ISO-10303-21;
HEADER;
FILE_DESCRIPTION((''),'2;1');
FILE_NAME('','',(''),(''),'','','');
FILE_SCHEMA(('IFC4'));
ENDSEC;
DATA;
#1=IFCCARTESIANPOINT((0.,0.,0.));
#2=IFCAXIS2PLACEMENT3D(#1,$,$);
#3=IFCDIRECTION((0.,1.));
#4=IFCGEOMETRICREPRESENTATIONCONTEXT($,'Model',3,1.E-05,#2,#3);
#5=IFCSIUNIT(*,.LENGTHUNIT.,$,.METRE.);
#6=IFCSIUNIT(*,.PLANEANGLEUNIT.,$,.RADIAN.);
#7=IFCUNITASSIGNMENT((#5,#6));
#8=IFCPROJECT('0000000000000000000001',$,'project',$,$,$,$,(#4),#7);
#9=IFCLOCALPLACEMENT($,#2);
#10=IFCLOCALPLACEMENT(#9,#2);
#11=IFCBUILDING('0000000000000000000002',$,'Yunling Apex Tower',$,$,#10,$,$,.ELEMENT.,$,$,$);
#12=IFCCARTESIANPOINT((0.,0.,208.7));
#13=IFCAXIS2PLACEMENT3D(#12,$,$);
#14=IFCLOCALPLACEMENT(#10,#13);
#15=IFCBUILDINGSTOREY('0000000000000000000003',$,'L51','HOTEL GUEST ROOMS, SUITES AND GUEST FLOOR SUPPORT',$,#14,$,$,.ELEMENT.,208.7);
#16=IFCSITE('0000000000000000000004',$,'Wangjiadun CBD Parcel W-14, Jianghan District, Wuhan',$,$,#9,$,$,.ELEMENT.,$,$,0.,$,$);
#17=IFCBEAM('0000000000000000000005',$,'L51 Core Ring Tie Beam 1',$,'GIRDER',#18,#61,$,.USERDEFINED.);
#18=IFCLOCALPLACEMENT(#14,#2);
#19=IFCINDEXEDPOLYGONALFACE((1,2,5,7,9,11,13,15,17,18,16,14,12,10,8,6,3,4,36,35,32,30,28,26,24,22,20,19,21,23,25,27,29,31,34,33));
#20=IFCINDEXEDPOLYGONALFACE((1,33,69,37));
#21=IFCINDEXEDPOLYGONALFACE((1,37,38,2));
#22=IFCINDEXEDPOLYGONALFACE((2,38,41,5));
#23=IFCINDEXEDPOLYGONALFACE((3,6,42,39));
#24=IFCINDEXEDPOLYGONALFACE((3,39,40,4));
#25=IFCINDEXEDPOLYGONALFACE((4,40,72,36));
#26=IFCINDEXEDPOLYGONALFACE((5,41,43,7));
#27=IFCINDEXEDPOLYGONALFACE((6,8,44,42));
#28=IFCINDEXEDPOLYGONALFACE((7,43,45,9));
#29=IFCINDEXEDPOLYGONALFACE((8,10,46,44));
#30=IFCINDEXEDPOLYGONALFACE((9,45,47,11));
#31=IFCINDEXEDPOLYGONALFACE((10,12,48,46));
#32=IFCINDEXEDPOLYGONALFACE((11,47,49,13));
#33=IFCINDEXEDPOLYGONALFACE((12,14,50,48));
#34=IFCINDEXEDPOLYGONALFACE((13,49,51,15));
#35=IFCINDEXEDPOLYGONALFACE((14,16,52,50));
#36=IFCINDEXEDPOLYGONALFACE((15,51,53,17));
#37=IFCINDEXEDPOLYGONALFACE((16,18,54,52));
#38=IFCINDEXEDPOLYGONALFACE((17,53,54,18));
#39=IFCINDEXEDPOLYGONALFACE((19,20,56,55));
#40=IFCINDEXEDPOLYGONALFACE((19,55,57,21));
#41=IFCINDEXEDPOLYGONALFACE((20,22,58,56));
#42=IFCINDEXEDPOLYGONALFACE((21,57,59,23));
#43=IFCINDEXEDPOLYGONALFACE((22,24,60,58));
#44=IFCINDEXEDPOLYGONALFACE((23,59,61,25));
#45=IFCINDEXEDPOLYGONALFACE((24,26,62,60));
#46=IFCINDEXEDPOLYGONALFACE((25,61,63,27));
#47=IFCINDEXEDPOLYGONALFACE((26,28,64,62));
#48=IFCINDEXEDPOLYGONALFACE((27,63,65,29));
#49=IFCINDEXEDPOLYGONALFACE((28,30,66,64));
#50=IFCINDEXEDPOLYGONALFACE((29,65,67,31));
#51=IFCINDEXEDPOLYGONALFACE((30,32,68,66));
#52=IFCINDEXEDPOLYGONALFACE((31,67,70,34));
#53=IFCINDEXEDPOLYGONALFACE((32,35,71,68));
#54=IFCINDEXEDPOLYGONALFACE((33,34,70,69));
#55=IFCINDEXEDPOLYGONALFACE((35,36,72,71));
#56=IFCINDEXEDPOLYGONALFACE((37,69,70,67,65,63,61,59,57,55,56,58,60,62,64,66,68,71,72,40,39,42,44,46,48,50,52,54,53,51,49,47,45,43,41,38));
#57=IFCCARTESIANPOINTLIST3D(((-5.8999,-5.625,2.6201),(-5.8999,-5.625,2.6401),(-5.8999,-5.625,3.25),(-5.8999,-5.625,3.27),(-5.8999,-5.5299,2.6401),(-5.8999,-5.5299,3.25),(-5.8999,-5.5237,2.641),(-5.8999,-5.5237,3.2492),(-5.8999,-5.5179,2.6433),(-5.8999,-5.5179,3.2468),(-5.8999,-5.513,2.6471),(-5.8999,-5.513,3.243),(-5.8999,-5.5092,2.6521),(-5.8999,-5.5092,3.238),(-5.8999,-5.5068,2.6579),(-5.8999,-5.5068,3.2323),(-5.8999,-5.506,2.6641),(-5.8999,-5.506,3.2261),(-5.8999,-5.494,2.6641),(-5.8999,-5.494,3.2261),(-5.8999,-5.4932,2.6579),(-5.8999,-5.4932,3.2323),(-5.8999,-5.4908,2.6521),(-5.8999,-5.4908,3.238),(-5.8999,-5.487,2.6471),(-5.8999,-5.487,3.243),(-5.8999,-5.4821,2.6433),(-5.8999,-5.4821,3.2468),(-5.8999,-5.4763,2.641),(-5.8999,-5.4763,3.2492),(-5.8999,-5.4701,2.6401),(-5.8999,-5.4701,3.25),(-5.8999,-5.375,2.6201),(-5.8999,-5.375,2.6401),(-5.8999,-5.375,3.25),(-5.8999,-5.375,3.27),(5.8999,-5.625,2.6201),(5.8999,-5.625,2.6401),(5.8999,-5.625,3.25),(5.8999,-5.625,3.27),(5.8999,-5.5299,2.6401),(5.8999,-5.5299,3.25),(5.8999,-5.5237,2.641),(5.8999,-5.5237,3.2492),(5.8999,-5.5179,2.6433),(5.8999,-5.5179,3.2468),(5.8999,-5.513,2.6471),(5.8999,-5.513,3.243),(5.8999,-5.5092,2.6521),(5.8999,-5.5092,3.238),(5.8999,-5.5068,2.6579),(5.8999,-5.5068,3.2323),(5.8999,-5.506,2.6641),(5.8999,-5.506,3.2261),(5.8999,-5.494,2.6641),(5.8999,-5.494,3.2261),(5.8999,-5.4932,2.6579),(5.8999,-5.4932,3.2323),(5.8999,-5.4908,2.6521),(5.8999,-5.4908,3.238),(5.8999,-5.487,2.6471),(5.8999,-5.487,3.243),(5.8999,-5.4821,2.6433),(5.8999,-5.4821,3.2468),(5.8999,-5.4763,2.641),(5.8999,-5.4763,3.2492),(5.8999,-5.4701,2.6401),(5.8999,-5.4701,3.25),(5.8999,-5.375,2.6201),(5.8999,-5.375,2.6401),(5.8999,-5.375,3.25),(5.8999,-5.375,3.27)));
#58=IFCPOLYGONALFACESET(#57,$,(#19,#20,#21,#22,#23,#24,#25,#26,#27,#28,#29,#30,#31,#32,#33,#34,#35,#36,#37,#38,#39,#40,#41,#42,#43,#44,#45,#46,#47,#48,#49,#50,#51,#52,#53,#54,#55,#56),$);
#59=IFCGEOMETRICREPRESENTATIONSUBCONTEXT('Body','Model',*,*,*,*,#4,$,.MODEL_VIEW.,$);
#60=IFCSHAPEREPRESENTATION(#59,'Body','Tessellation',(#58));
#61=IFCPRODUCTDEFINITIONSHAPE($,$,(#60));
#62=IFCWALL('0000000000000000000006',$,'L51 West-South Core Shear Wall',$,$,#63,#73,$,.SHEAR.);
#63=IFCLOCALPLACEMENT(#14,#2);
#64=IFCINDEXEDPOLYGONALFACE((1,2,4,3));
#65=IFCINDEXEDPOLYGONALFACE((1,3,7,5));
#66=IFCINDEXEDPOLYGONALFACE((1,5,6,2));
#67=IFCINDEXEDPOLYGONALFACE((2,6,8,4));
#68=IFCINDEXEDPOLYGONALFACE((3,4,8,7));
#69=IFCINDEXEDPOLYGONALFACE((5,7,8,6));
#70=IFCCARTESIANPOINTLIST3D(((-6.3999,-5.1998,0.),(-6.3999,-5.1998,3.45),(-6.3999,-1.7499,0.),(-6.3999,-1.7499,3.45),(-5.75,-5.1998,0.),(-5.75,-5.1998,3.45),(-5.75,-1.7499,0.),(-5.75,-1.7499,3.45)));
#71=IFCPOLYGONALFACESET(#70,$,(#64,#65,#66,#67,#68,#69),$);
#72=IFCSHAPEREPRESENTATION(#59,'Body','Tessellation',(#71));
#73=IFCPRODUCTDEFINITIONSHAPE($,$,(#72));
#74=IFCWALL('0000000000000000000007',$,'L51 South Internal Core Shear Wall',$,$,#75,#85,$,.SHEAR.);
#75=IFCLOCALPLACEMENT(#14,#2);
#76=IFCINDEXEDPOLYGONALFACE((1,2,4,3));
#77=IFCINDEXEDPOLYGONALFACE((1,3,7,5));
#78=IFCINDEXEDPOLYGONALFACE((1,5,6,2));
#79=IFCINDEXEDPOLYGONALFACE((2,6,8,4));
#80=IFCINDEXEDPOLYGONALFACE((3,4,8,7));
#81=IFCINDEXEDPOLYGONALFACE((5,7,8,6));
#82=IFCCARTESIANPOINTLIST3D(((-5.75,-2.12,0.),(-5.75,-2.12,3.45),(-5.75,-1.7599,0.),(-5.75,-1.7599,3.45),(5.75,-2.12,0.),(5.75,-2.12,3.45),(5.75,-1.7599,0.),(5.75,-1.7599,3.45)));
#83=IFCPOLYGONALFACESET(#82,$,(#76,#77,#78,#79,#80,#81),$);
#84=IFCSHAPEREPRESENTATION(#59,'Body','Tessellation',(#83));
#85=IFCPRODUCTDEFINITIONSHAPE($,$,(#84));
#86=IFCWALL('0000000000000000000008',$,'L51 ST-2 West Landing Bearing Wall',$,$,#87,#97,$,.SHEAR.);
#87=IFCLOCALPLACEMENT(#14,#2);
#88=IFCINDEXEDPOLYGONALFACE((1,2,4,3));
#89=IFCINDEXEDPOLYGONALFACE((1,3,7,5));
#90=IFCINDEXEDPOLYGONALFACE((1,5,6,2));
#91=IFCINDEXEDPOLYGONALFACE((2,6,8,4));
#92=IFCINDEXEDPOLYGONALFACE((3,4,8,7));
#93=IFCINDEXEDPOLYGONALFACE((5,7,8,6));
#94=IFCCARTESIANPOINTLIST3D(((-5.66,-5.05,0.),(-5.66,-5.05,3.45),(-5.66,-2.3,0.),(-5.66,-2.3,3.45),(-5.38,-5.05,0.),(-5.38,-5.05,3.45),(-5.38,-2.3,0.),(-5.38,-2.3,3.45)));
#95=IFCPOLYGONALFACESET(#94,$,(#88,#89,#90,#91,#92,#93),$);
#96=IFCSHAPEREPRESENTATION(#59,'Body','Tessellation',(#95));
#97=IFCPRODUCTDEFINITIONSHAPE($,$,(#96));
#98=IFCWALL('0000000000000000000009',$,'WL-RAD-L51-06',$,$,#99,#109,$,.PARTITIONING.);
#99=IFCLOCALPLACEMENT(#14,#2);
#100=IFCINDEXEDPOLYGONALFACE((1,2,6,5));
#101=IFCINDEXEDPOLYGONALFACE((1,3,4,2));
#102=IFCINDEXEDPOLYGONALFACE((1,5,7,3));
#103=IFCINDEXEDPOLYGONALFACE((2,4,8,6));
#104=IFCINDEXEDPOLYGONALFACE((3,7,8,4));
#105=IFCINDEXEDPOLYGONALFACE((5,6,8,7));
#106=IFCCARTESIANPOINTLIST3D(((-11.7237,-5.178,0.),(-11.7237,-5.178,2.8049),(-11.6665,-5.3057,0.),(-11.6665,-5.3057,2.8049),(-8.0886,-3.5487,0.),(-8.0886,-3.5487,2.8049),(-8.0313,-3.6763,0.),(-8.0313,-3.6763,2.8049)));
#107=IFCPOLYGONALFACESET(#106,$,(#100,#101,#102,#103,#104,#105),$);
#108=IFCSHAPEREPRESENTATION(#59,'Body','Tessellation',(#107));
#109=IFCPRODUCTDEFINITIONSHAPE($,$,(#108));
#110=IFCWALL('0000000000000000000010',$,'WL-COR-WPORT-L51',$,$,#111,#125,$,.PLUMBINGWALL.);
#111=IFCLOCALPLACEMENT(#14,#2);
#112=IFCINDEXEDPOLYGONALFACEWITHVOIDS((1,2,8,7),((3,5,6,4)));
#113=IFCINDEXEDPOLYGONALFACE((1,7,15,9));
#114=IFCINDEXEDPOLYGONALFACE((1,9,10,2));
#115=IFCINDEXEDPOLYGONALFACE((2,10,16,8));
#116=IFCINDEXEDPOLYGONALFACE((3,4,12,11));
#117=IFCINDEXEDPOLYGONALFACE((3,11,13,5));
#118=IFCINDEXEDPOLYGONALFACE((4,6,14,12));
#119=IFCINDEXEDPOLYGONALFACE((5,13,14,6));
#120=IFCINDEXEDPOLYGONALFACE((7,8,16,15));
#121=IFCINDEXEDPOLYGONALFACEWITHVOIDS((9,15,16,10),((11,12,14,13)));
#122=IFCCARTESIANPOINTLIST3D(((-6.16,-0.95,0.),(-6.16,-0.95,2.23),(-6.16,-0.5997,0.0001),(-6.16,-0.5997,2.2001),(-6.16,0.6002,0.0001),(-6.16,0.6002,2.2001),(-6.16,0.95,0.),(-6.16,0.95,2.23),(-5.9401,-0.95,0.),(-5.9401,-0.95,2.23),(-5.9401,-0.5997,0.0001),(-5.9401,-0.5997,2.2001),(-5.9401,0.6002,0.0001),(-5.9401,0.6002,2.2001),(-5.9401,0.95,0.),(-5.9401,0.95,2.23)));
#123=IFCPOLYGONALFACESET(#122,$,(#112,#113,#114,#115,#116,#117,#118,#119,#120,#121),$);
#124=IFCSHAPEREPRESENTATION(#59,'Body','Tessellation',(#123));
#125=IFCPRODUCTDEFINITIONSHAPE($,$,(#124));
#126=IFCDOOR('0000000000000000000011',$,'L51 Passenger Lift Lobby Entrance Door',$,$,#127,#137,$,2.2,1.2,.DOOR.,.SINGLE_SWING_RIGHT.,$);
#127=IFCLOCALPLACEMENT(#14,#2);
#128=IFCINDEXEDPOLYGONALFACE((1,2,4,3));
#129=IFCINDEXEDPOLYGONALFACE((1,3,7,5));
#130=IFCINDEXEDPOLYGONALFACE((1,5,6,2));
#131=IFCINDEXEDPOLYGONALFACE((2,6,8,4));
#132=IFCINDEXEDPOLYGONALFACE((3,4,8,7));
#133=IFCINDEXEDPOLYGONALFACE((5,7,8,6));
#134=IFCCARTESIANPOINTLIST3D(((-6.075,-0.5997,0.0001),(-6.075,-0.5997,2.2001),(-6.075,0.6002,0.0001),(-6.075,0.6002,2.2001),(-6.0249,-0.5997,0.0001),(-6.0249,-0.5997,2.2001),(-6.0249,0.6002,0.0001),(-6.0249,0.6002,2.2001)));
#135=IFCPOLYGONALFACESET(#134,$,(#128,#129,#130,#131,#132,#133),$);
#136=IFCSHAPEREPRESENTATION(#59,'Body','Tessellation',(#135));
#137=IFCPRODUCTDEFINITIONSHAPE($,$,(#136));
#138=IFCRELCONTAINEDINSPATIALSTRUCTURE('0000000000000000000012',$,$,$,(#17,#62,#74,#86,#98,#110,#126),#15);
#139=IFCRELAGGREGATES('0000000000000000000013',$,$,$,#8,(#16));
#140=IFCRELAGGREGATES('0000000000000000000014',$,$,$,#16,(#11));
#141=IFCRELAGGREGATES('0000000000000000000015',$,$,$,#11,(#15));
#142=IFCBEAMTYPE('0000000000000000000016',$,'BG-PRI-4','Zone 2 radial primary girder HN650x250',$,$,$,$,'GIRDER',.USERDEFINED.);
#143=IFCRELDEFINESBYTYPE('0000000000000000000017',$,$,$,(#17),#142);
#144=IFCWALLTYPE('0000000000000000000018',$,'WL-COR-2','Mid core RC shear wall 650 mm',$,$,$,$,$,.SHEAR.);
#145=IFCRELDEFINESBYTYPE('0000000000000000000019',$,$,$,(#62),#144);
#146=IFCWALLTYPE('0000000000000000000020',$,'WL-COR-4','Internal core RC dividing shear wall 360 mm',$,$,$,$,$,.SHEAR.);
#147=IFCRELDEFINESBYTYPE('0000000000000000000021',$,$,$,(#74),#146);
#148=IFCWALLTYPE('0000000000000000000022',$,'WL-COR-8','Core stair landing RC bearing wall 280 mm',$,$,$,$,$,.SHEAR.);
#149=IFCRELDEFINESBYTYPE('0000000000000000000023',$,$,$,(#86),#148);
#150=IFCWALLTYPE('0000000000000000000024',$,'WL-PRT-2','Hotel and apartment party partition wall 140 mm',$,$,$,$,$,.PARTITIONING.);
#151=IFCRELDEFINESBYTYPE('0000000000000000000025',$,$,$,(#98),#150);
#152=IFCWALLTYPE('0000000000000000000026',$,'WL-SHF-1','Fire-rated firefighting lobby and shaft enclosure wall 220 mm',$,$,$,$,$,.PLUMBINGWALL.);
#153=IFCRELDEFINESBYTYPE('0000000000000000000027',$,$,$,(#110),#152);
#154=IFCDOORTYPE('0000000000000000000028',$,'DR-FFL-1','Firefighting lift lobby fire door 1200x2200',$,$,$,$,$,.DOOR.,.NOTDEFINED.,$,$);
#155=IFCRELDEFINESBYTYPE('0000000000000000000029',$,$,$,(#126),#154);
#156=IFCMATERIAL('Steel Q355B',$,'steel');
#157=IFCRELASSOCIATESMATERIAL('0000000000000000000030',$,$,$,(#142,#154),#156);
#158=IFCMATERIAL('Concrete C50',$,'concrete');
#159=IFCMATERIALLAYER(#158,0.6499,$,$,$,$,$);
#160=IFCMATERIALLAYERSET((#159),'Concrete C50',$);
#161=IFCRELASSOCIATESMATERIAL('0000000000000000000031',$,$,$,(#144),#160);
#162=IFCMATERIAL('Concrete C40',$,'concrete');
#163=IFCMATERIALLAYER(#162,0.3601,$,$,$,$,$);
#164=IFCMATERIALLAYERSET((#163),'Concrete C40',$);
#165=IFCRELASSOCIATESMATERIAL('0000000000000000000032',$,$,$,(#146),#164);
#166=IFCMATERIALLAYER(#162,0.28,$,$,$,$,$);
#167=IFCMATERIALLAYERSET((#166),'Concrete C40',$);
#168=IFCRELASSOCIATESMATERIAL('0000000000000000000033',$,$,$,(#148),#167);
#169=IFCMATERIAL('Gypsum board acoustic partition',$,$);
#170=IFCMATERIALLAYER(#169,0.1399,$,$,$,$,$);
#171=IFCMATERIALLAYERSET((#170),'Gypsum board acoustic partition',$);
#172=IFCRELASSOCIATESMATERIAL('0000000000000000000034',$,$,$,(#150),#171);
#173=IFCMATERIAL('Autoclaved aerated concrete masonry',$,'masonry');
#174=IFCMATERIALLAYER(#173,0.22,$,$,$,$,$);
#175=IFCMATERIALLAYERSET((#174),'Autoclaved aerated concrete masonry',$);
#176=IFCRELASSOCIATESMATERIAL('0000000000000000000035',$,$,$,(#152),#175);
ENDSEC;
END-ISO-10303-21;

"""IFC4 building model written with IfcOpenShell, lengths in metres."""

from ifc_helpers import new_model, si_unit, direction, frame, frame_2d, origin, origin_2d, place, context, subcontext, project, spatial, rectangle, i_section, extrude, source, transform, mapped, material, layer, layer_set, material_profile, profile_set, type_object, element, fill, save


model = new_model("IFC4")

# Units and contexts
model_context = context("Model", 3, precision=1e-05, world=origin(), true_north=direction((0.0, 1.0)))
body_context = subcontext(model_context, "Body", "Model", "MODEL_VIEW")
ifc_project = project(units=[si_unit("LENGTHUNIT", "METRE"), si_unit("PLANEANGLEUNIT", "RADIAN")], contexts=[model_context])

# Site, building, storey
site_placement = place(None, origin())
site = spatial("IfcSite", under=ifc_project, at=site_placement, Name="Wangjiadun CBD Parcel W-14, Jianghan District, Wuhan", CompositionType="ELEMENT", RefElevation=0.0)
building_placement = place(site_placement, origin())
building = spatial("IfcBuilding", under=site, at=building_placement, Name="Yunling Apex Tower", CompositionType="ELEMENT")
storey_placement = place(building_placement, frame((0.0, 0.0, 208.7)))
storey = spatial("IfcBuildingStorey", under=building, at=storey_placement, Name="L51", Description="HOTEL GUEST ROOMS, SUITES AND GUEST FLOOR SUPPORT", CompositionType="ELEMENT", Elevation=208.7)

# Shared definitions
ifc_material_1 = material(Name="Concrete C50", Category="concrete")

# Beam
ifc_material_2 = material(Name="Steel Q355B", Category="steel")
ifc_material_profile_1 = material_profile(ifc_material_2, i_section(OverallWidth=0.25, OverallDepth=0.6499, WebThickness=0.012, FlangeThickness=0.02, FilletRadius=0.0239, at=origin_2d()))
ifc_profile_set_1 = profile_set([ifc_material_profile_1], Name="Steel Q355B")
beam_type_1 = type_object("IfcBeamType", Name="BG-PRI-4", Description="Zone 2 radial primary girder HN650x250", ElementType="GIRDER", PredefinedType="USERDEFINED", material=ifc_profile_set_1)
shared_shape_1 = source(origin(), body_context, "Body", "SweptSolid", [
    extrude(i_section(OverallWidth=0.25, OverallDepth=0.6499, WebThickness=0.012, FlangeThickness=0.02, FilletRadius=0.0239, at=origin_2d()), origin(), (0.0, 0.0, 1.0), 11.7998),
])
beam_1_placement = place(storey_placement, frame((-5.8999, -5.5, 2.9451), z_axis=(1.0, 0.0, 0.0), x_axis=(0.0, 1.0, 0.0)))
element("IfcBeam", 1, at=beam_1_placement, inside=storey, type_object=beam_type_1, Name="L51 Core Ring Tie Beam 1", ObjectType="GIRDER", PredefinedType="USERDEFINED", context=body_context, shape_type="MappedRepresentation", body=[
    mapped(shared_shape_1, transform((0.0, 0.0, 0.0), scale=1.0)),
])

# Walls
ifc_layer_1 = layer(ifc_material_1, 0.6499)
ifc_layer_set_1 = layer_set([ifc_layer_1], Name="Concrete C50")
wall_type_1 = type_object("IfcWallType", Name="WL-COR-2", Description="Mid core RC shear wall 650 mm", PredefinedType="SHEAR", material=ifc_layer_set_1)
wall_1_placement = place(storey_placement, frame((-6.075, -5.2, 0.0), z_axis=(0.0, 0.0, 1.0), x_axis=(0.0, 1.0, 0.0)))
element("IfcWall", 2, at=wall_1_placement, inside=storey, type_object=wall_type_1, Name="L51 West-South Core Shear Wall", PredefinedType="SHEAR", context=body_context, shape_type="SweptSolid", body=[
    extrude(rectangle(XDim=3.45, YDim=0.6499, at=frame_2d((1.7251, 0.0))), origin(), (0.0, 0.0, 1.0), 3.45),
])
ifc_material_3 = material(Name="Concrete C40", Category="concrete")
ifc_layer_2 = layer(ifc_material_3, 0.3601)
ifc_layer_set_2 = layer_set([ifc_layer_2], Name="Concrete C40")
wall_type_2 = type_object("IfcWallType", Name="WL-COR-4", Description="Internal core RC dividing shear wall 360 mm", PredefinedType="SHEAR", material=ifc_layer_set_2)
wall_2_placement = place(storey_placement, frame((-5.75, -1.9399, 0.0), z_axis=(0.0, 0.0, 1.0), x_axis=(1.0, 0.0, 0.0)))
element("IfcWall", 3, at=wall_2_placement, inside=storey, type_object=wall_type_2, Name="L51 South Internal Core Shear Wall", PredefinedType="SHEAR", context=body_context, shape_type="SweptSolid", body=[
    extrude(rectangle(XDim=11.5, YDim=0.3601, at=frame_2d((5.75, 0.0))), origin(), (0.0, 0.0, 1.0), 3.45),
])
ifc_layer_3 = layer(ifc_material_3, 0.28)
ifc_layer_set_3 = layer_set([ifc_layer_3], Name="Concrete C40")
wall_type_3 = type_object("IfcWallType", Name="WL-COR-8", Description="Core stair landing RC bearing wall 280 mm", PredefinedType="SHEAR", material=ifc_layer_set_3)
wall_3_placement = place(storey_placement, frame((-5.52, -5.05, 0.0), z_axis=(0.0, 0.0, 1.0), x_axis=(0.0, 1.0, 0.0)))
element("IfcWall", 4, at=wall_3_placement, inside=storey, type_object=wall_type_3, Name="L51 ST-2 West Landing Bearing Wall", PredefinedType="SHEAR", context=body_context, shape_type="SweptSolid", body=[
    extrude(rectangle(XDim=2.75, YDim=0.28, at=frame_2d((1.375, 0.0))), origin(), (0.0, 0.0, 1.0), 3.45),
])
ifc_material_4 = material(Name="Gypsum board acoustic partition")
ifc_layer_4 = layer(ifc_material_4, 0.1399)
ifc_layer_set_4 = layer_set([ifc_layer_4], Name="Gypsum board acoustic partition")
wall_type_4 = type_object("IfcWallType", Name="WL-PRT-2", Description="Hotel and apartment party partition wall 140 mm", PredefinedType="PARTITIONING", material=ifc_layer_set_4)
wall_4_placement = place(storey_placement, frame((-8.0601, -3.6125, 0.0), z_axis=(0.0, 0.0, 1.0), x_axis=(-0.912528, -0.409014, 0.0)))
element("IfcWall", 5, at=wall_4_placement, inside=storey, type_object=wall_type_4, Name="WL-RAD-L51-06", PredefinedType="PARTITIONING", context=body_context, shape_type="SweptSolid", body=[
    extrude(rectangle(XDim=3.9836, YDim=0.1399, at=frame_2d((1.9917, 0.0))), origin(), (0.0, 0.0, 1.0), 2.8049),
])

# Wall, opening, door
ifc_material_5 = material(Name="Autoclaved aerated concrete masonry", Category="masonry")
ifc_layer_5 = layer(ifc_material_5, 0.22)
ifc_layer_set_5 = layer_set([ifc_layer_5], Name="Autoclaved aerated concrete masonry")
wall_type_5 = type_object("IfcWallType", Name="WL-SHF-1", Description="Fire-rated firefighting lobby and shaft enclosure wall 220 mm", PredefinedType="PLUMBINGWALL", material=ifc_layer_set_5)
wall_5_placement = place(storey_placement, frame((-6.05, -0.95, 0.0), z_axis=(0.0, 0.0, 1.0), x_axis=(0.0, 1.0, 0.0)))
wall_5 = element("IfcWall", 6, at=wall_5_placement, inside=storey, type_object=wall_type_5, Name="WL-COR-WPORT-L51", PredefinedType="PLUMBINGWALL", context=body_context, shape_type="SweptSolid", body=[
    extrude(rectangle(XDim=1.8999, YDim=0.22, at=frame_2d((0.95, 0.0))), origin(), (0.0, 0.0, 1.0), 2.23),
])
opening_1_placement = place(wall_5_placement, frame((0.3501, 0.0, 0.0)))
opening_1 = element("IfcOpeningElement", 7, at=opening_1_placement, cuts=wall_5, PredefinedType="OPENING", context=body_context, shape_type="SweptSolid", body=[
    extrude(rectangle(XDim=1.2, YDim=2.2, at=frame_2d((0.6001, 1.1001))), frame((0.0, 0.1201, 0.0), z_axis=(0.0, -1.0, 0.0), x_axis=(1.0, 0.0, 0.0)), (0.0, 0.0, 1.0), 0.24),
])
door_type_1 = type_object("IfcDoorType", Name="DR-FFL-1", Description="Firefighting lift lobby fire door 1200x2200", OperationType="NOTDEFINED", PredefinedType="DOOR", material=ifc_material_2)
door_1_placement = place(opening_1_placement, origin())
door_1 = element("IfcDoor", 8, at=door_1_placement, inside=storey, type_object=door_type_1, Name="L51 Passenger Lift Lobby Entrance Door", OperationType="SINGLE_SWING_RIGHT", OverallHeight=2.2, OverallWidth=1.2, PredefinedType="DOOR", context=body_context, shape_type="SweptSolid", body=[
    extrude(rectangle(XDim=1.2, YDim=2.2, at=frame_2d((0.6001, 1.1001))), frame((0.0, 0.0249, 0.0), z_axis=(0.0, -1.0, 0.0), x_axis=(1.0, 0.0, 0.0)), (0.0, 0.0, 1.0), 0.05),
])
fill(opening_1, door_1)

save(model, "model.ifc")
